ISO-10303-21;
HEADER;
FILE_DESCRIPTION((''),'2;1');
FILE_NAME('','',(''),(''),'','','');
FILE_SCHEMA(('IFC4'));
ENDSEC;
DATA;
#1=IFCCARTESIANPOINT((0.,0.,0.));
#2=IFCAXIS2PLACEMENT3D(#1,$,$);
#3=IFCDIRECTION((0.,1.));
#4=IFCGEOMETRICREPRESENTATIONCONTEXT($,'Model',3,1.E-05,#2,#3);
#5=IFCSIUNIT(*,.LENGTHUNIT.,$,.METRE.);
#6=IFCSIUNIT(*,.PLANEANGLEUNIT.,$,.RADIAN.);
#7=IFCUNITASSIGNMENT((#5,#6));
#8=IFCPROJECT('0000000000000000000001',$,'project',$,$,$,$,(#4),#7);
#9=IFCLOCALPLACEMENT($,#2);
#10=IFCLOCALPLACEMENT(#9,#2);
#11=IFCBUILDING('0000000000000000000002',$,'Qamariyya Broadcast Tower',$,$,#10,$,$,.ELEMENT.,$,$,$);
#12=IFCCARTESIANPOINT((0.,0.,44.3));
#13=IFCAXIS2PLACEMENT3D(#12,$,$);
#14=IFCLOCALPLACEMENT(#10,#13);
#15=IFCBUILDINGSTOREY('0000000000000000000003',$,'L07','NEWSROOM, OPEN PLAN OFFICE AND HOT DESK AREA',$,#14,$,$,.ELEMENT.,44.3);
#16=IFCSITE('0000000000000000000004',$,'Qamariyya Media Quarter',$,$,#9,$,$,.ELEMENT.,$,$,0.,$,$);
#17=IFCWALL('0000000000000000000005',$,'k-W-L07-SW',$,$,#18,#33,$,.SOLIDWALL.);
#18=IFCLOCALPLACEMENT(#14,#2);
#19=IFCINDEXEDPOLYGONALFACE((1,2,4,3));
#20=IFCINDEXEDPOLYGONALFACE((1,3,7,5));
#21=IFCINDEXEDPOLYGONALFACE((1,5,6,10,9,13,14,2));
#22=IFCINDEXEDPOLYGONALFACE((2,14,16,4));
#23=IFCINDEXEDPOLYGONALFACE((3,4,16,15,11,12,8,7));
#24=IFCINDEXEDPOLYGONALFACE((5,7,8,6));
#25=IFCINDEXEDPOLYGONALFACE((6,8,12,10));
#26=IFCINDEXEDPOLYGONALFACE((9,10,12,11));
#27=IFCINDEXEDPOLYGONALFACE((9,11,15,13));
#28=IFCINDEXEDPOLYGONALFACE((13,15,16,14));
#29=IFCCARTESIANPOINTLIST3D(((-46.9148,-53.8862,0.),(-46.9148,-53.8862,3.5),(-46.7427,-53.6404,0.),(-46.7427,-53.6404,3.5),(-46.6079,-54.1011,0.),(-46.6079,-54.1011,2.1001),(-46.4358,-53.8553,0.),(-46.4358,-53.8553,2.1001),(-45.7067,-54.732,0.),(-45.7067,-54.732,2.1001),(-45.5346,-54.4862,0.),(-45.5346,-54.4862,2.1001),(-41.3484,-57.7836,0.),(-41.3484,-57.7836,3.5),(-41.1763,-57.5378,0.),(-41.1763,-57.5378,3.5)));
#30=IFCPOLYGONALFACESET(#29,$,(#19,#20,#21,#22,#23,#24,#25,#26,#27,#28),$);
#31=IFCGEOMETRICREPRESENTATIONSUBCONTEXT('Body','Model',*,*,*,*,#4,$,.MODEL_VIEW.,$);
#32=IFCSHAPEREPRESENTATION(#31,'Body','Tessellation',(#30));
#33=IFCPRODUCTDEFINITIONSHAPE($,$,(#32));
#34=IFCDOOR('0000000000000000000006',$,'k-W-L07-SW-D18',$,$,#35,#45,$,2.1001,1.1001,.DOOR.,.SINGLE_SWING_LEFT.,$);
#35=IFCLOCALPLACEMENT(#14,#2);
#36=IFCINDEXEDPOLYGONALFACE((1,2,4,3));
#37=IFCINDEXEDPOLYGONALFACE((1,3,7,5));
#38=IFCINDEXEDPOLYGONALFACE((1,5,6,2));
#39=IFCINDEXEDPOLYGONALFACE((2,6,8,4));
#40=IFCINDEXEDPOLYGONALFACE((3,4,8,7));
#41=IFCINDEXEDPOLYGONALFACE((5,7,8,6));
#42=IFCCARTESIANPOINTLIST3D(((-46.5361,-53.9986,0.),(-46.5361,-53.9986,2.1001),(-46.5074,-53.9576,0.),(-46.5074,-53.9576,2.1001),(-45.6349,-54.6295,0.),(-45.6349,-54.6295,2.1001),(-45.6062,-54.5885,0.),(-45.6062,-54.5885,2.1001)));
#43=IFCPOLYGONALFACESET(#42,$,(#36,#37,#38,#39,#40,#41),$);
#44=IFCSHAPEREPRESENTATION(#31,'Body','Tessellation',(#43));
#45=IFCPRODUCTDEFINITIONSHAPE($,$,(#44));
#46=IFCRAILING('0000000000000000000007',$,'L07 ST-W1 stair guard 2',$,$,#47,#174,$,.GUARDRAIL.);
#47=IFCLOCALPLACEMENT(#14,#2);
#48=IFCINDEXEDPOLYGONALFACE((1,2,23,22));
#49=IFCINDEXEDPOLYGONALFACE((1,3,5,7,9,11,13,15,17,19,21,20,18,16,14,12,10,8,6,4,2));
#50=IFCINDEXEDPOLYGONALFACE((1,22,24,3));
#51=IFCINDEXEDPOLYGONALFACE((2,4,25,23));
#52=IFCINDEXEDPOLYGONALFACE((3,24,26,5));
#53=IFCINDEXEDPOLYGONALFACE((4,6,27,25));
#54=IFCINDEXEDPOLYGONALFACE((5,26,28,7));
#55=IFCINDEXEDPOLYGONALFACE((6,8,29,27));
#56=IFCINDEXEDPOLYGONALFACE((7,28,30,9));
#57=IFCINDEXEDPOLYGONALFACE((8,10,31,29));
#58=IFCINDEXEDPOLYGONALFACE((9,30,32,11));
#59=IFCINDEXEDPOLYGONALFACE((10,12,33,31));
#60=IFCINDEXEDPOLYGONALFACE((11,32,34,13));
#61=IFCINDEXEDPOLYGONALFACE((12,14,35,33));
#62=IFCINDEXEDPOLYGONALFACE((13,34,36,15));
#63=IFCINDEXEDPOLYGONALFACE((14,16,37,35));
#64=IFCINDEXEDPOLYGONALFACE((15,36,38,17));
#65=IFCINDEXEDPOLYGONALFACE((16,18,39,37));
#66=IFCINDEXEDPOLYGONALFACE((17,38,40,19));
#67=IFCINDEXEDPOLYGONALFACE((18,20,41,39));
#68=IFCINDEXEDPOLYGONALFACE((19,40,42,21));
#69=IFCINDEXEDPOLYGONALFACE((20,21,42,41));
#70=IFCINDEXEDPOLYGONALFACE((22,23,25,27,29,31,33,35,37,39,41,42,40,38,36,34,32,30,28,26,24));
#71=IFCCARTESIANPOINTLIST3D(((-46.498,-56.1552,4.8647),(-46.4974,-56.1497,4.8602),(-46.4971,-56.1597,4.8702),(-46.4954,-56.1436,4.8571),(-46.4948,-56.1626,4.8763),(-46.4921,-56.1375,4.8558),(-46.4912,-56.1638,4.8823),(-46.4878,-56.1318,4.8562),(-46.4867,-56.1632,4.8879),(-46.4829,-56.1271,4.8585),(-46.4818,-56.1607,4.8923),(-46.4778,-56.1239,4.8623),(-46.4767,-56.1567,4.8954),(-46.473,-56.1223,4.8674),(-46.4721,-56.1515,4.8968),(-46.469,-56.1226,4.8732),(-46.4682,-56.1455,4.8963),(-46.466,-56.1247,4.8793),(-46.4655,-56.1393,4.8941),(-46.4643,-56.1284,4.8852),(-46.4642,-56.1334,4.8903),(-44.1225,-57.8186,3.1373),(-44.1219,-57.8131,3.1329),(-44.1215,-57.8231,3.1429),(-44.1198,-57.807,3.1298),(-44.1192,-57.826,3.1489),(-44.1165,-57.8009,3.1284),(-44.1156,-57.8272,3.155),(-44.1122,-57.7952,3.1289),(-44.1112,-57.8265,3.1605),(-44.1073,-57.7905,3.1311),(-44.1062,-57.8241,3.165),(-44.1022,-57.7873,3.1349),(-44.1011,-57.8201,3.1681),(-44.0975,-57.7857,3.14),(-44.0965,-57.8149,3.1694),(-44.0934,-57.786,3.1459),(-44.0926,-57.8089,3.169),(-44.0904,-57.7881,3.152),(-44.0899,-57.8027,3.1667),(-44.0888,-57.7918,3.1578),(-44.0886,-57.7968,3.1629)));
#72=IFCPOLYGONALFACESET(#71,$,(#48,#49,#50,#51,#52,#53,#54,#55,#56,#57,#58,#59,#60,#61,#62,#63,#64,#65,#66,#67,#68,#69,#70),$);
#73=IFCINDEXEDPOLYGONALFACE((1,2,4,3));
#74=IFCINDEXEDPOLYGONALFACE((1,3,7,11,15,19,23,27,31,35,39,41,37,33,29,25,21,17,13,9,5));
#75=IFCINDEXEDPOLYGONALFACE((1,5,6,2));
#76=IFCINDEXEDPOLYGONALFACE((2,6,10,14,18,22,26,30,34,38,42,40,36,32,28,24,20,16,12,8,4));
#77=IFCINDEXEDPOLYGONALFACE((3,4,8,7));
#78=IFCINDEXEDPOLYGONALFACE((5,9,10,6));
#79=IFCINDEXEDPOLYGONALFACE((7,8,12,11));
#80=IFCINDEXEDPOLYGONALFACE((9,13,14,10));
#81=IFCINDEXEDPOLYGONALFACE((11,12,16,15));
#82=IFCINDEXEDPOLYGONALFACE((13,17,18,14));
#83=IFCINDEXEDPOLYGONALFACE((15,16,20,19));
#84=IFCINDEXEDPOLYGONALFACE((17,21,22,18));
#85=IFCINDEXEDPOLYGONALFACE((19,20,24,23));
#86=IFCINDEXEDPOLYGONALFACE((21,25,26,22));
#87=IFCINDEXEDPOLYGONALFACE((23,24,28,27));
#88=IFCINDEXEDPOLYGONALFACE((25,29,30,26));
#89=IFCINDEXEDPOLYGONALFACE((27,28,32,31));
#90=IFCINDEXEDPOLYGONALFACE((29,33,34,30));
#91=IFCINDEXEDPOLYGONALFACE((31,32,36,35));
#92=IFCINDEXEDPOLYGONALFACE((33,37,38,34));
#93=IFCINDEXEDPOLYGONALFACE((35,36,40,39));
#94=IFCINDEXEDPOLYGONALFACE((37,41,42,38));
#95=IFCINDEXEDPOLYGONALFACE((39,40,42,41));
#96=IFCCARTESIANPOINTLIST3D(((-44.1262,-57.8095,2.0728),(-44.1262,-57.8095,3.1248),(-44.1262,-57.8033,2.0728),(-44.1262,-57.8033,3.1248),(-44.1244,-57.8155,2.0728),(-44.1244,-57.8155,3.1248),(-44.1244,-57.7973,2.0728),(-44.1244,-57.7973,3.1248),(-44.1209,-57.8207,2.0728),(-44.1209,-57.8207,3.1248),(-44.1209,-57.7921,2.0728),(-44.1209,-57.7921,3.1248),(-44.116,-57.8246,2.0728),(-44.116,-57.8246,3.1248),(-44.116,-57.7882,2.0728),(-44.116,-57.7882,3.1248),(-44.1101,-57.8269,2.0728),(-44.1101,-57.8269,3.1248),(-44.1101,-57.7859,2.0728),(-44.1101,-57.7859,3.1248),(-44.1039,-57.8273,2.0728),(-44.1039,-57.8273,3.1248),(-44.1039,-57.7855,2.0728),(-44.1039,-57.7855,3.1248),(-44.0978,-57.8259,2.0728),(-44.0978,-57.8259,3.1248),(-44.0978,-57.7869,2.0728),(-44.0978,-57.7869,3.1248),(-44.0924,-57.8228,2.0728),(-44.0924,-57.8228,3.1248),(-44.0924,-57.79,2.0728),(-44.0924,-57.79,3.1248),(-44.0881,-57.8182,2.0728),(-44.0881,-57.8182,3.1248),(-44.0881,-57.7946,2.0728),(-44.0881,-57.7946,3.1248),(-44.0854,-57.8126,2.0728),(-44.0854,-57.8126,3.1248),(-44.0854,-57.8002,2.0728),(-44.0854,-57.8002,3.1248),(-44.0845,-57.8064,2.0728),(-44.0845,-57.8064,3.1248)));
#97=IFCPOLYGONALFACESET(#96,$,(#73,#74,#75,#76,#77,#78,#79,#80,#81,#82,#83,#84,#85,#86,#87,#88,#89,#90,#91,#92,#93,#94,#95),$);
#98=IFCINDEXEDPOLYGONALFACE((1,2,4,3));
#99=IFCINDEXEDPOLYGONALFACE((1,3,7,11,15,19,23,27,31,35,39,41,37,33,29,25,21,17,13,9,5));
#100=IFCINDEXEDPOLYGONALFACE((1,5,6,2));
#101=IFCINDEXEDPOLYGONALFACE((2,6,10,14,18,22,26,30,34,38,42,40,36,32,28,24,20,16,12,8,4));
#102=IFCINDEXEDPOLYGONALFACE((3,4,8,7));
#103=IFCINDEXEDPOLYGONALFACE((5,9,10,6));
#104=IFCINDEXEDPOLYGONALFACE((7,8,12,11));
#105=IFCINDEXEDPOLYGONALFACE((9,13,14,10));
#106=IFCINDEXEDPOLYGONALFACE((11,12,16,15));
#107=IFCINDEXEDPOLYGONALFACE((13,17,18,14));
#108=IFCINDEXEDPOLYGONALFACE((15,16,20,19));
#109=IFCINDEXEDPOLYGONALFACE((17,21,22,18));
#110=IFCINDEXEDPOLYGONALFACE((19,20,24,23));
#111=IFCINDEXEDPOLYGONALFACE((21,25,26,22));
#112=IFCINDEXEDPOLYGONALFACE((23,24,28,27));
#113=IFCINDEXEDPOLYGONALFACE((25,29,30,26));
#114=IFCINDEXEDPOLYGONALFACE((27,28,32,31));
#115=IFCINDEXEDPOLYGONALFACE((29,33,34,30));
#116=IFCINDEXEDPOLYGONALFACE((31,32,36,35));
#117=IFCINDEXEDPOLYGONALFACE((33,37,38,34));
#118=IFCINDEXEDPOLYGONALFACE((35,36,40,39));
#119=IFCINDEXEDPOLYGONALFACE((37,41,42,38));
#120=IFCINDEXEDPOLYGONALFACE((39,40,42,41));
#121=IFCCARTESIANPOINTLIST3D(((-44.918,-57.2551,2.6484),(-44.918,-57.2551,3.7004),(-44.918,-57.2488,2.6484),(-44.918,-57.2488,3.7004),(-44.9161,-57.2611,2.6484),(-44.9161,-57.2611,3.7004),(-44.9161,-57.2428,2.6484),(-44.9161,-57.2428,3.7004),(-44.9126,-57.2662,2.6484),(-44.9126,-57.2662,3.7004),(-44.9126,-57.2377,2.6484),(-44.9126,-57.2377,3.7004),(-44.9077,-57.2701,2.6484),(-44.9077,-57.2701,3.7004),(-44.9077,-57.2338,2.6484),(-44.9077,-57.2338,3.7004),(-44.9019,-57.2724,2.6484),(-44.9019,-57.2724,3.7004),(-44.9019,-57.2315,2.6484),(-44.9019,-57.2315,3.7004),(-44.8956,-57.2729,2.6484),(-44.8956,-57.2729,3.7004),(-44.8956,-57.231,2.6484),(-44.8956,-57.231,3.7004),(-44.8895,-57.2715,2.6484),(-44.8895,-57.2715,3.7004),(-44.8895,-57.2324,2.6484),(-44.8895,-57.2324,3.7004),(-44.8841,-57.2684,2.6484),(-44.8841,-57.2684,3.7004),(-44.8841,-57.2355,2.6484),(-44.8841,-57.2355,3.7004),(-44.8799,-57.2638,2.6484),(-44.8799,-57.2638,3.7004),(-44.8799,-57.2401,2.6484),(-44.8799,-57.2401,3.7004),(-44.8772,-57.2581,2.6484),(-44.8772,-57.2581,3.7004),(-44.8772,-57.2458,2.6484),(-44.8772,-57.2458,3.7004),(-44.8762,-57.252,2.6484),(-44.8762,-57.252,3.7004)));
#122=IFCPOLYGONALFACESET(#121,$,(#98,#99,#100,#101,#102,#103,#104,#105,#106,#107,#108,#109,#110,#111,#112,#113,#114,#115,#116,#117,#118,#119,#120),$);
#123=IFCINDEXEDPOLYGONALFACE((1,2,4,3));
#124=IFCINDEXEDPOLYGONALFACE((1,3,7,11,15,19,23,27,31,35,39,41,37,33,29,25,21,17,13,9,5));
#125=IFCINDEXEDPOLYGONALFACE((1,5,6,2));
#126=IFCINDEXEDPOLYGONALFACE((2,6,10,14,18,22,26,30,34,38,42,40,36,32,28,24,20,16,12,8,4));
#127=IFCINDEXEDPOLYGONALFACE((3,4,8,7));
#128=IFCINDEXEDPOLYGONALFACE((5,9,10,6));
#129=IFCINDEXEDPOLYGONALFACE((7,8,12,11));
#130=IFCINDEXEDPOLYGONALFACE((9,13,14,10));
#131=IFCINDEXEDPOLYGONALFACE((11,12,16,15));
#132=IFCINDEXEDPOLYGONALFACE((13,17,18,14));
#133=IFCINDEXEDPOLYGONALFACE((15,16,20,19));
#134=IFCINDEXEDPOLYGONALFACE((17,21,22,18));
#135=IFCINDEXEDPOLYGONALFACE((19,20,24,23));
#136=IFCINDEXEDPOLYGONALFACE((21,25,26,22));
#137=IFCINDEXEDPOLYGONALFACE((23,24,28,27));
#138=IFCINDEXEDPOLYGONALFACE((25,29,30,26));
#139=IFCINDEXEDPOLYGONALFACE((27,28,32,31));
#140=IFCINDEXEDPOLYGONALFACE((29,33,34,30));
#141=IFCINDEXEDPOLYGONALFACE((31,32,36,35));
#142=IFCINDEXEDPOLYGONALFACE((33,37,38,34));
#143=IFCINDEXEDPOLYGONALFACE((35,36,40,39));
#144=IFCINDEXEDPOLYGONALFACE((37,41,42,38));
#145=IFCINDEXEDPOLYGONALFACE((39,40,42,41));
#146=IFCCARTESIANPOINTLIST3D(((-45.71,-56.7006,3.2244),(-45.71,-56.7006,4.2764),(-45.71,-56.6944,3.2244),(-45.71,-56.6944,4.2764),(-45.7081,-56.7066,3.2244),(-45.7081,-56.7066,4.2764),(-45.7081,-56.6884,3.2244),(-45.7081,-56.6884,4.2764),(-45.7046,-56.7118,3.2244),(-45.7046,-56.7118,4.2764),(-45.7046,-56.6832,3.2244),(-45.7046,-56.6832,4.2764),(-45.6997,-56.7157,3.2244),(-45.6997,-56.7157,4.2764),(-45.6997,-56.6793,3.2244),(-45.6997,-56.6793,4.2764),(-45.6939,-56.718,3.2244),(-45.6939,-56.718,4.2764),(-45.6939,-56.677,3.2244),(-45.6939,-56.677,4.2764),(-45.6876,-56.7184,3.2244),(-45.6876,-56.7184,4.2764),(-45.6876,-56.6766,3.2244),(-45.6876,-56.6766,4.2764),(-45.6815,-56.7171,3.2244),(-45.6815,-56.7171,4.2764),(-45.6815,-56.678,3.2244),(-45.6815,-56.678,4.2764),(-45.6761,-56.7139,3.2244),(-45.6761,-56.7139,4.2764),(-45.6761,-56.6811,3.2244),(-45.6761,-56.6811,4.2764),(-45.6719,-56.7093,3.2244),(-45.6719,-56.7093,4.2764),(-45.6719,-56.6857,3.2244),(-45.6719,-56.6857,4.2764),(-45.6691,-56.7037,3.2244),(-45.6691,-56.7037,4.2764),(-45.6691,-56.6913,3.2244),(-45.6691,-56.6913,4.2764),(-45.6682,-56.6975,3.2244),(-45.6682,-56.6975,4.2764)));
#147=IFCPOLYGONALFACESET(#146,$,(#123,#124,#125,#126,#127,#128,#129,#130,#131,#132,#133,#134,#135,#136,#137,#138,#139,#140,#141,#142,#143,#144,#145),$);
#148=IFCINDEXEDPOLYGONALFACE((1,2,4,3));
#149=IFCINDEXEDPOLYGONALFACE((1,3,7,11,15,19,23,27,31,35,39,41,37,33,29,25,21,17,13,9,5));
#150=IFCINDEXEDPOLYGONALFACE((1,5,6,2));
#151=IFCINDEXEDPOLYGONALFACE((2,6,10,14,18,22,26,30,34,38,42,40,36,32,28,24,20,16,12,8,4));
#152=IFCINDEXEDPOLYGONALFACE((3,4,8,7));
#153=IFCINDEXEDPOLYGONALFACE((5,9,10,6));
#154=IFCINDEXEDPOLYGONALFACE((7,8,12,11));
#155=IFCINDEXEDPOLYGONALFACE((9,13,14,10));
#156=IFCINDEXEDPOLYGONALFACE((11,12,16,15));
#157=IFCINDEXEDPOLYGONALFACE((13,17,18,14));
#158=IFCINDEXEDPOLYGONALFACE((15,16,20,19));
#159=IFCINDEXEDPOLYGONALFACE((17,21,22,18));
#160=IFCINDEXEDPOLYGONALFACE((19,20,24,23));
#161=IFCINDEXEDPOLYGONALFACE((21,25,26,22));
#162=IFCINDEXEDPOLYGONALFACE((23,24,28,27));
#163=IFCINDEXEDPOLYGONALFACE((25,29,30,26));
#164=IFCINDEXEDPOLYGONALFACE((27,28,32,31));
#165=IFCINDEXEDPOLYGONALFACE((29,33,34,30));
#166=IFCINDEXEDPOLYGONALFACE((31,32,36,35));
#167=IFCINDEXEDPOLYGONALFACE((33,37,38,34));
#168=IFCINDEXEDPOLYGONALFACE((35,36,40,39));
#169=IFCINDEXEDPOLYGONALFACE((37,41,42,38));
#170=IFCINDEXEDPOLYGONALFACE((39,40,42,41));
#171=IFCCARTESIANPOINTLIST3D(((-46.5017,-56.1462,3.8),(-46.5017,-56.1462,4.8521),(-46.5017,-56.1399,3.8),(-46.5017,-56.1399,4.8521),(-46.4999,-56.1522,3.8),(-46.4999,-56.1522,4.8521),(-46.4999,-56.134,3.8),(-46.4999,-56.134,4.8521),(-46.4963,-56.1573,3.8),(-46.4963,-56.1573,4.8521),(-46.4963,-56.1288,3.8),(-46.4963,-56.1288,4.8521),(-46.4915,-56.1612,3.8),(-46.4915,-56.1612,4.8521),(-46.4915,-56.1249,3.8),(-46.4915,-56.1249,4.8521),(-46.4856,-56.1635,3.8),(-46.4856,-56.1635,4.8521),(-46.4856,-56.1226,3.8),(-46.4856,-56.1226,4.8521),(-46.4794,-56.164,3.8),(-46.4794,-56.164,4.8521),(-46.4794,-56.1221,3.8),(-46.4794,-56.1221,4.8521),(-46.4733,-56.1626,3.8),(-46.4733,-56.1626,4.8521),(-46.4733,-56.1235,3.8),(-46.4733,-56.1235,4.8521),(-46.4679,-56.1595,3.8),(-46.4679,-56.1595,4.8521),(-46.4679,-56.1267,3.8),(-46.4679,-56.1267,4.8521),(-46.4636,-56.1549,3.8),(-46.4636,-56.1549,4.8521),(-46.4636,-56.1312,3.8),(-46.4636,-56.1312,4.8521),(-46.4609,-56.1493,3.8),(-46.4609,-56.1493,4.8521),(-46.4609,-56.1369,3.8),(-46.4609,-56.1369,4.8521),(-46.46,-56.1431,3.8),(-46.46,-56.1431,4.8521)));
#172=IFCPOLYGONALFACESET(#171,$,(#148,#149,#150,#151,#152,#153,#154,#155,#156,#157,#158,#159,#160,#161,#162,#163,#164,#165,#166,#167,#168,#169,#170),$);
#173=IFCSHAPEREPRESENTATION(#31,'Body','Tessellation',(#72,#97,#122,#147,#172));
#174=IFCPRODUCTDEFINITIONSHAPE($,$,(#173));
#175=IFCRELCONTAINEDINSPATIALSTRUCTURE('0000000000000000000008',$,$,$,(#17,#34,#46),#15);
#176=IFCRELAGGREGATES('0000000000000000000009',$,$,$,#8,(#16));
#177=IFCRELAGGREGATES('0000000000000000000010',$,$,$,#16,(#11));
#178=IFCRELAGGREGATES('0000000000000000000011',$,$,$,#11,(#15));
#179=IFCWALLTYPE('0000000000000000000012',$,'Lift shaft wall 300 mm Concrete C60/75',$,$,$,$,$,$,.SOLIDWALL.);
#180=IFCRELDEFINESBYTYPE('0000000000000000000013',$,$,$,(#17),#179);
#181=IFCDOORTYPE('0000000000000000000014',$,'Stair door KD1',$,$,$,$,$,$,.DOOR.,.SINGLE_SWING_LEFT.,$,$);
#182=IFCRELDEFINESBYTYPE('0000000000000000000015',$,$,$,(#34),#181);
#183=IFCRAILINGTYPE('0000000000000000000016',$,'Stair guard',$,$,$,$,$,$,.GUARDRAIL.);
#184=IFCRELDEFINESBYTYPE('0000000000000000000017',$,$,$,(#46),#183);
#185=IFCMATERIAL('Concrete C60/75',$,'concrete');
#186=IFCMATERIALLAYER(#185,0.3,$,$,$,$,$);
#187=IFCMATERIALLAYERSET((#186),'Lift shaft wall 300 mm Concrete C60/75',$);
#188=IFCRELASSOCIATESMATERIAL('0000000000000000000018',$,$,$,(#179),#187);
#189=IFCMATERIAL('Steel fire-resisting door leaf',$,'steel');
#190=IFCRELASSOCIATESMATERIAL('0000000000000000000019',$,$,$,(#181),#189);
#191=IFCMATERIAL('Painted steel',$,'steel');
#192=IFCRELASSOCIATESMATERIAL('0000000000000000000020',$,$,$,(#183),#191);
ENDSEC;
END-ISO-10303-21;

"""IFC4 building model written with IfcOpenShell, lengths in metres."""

from ifc_helpers import new_model, si_unit, direction, frame, frame_2d, origin, origin_2d, place, context, subcontext, project, spatial, rectangle, circle, extrude, material, layer, layer_set, type_object, element, fill, save


model = new_model("IFC4")

# Units and contexts
model_context = context("Model", 3, precision=1e-05, world=origin(), true_north=direction((0.0, 1.0)))
body_context = subcontext(model_context, "Body", "Model", "MODEL_VIEW")
ifc_project = project(units=[si_unit("LENGTHUNIT", "METRE"), si_unit("PLANEANGLEUNIT", "RADIAN")], contexts=[model_context])

# Site, building, storey
site_placement = place(None, origin())
site = spatial("IfcSite", under=ifc_project, at=site_placement, Name="Qamariyya Media Quarter", CompositionType="ELEMENT", RefElevation=0.0)
building_placement = place(site_placement, origin())
building = spatial("IfcBuilding", under=site, at=building_placement, Name="Qamariyya Broadcast Tower", CompositionType="ELEMENT")
storey_placement = place(building_placement, frame((0.0, 0.0, 44.3)))
storey = spatial("IfcBuildingStorey", under=building, at=storey_placement, Name="L07", Description="NEWSROOM, OPEN PLAN OFFICE AND HOT DESK AREA", CompositionType="ELEMENT", Elevation=44.3)

# Shared definitions
ifc_material_1 = material(Name="Steel fire-resisting door leaf", Category="steel")

# Shared definitions
ifc_material_2 = material(Name="Concrete C60/75", Category="concrete")
ifc_layer_1 = layer(ifc_material_2, 0.3)
ifc_layer_set_1 = layer_set([ifc_layer_1], Name="Lift shaft wall 300 mm Concrete C60/75")
wall_type_1 = type_object("IfcWallType", Name="Lift shaft wall 300 mm Concrete C60/75", PredefinedType="SOLIDWALL", material=ifc_layer_set_1)

# Wall, opening, door
wall_1_placement = place(storey_placement, frame((-41.2625, -57.6606, 0.0), z_axis=(0.0, 0.0, 1.0), x_axis=(-0.819164, 0.573559, 0.0)))
wall_1 = element("IfcWall", 1, at=wall_1_placement, inside=storey, type_object=wall_type_1, Name="k-W-L07-SW", PredefinedType="SOLIDWALL", context=body_context, shape_type="SweptSolid", body=[
    extrude(rectangle(XDim=6.7952, YDim=0.3, at=frame_2d((3.3975, 0.0))), origin(), (0.0, 0.0, 1.0), 3.5),
])
opening_1_placement = place(wall_1_placement, frame((5.3203, 0.0, 0.0)))
opening_1 = element("IfcOpeningElement", 2, at=opening_1_placement, cuts=wall_1, PredefinedType="OPENING", context=body_context, shape_type="SweptSolid", body=[
    extrude(rectangle(XDim=1.1001, YDim=2.1001, at=frame_2d((0.55, 1.05))), frame((0.0, 0.1599, 0.0), z_axis=(0.0, -1.0, 0.0), x_axis=(1.0, 0.0, 0.0)), (0.0, 0.0, 1.0), 0.3201),
])
door_type_1 = type_object("IfcDoorType", Name="Stair door KD1", OperationType="SINGLE_SWING_LEFT", PredefinedType="DOOR", material=ifc_material_1)
door_1_placement = place(opening_1_placement, origin())
door_1 = element("IfcDoor", 3, at=door_1_placement, inside=storey, type_object=door_type_1, Name="k-W-L07-SW-D18", OperationType="SINGLE_SWING_LEFT", OverallHeight=2.1001, OverallWidth=1.1001, PredefinedType="DOOR", context=body_context, shape_type="SweptSolid", body=[
    extrude(rectangle(XDim=1.1001, YDim=2.1001, at=frame_2d((0.55, 1.05))), frame((0.0, 0.0249, 0.0), z_axis=(0.0, -1.0, 0.0), x_axis=(1.0, 0.0, 0.0)), (0.0, 0.0, 1.0), 0.05),
])
fill(opening_1, door_1)

# Railing
ifc_material_3 = material(Name="Painted steel", Category="steel")
railing_type_1 = type_object("IfcRailingType", Name="Stair guard", PredefinedType="GUARDRAIL", material=ifc_material_3)
railing_1_placement = place(storey_placement, frame((-44.1055, -57.8064, 2.0728)))
element("IfcRailing", 4, at=railing_1_placement, inside=storey, type_object=railing_type_1, Name="L07 ST-W1 stair guard 2", PredefinedType="GUARDRAIL", context=body_context, shape_type="SweptSolid", body=[
    extrude(circle(Radius=0.0239, at=origin_2d()), frame((0.0, 0.0, 1.0762), z_axis=(-0.70377, 0.492784, 0.511734), x_axis=(-0.573575, -0.819153, 0.0)), (0.0, 0.0, 1.0), 3.3755),
    extrude(circle(Radius=0.021, at=origin_2d()), origin(), (0.0, 0.0, 1.0), 1.052),
    extrude(circle(Radius=0.021, at=origin_2d()), frame((-0.7917, 0.5544, 0.5757)), (0.0, 0.0, 1.0), 1.052),
    extrude(circle(Radius=0.021, at=origin_2d()), frame((-1.5837, 1.1089, 1.1516)), (0.0, 0.0, 1.0), 1.052),
    extrude(circle(Radius=0.021, at=origin_2d()), frame((-2.3755, 1.6633, 1.7273)), (0.0, 0.0, 1.0), 1.052),
])

save(model, "model.ifc")
